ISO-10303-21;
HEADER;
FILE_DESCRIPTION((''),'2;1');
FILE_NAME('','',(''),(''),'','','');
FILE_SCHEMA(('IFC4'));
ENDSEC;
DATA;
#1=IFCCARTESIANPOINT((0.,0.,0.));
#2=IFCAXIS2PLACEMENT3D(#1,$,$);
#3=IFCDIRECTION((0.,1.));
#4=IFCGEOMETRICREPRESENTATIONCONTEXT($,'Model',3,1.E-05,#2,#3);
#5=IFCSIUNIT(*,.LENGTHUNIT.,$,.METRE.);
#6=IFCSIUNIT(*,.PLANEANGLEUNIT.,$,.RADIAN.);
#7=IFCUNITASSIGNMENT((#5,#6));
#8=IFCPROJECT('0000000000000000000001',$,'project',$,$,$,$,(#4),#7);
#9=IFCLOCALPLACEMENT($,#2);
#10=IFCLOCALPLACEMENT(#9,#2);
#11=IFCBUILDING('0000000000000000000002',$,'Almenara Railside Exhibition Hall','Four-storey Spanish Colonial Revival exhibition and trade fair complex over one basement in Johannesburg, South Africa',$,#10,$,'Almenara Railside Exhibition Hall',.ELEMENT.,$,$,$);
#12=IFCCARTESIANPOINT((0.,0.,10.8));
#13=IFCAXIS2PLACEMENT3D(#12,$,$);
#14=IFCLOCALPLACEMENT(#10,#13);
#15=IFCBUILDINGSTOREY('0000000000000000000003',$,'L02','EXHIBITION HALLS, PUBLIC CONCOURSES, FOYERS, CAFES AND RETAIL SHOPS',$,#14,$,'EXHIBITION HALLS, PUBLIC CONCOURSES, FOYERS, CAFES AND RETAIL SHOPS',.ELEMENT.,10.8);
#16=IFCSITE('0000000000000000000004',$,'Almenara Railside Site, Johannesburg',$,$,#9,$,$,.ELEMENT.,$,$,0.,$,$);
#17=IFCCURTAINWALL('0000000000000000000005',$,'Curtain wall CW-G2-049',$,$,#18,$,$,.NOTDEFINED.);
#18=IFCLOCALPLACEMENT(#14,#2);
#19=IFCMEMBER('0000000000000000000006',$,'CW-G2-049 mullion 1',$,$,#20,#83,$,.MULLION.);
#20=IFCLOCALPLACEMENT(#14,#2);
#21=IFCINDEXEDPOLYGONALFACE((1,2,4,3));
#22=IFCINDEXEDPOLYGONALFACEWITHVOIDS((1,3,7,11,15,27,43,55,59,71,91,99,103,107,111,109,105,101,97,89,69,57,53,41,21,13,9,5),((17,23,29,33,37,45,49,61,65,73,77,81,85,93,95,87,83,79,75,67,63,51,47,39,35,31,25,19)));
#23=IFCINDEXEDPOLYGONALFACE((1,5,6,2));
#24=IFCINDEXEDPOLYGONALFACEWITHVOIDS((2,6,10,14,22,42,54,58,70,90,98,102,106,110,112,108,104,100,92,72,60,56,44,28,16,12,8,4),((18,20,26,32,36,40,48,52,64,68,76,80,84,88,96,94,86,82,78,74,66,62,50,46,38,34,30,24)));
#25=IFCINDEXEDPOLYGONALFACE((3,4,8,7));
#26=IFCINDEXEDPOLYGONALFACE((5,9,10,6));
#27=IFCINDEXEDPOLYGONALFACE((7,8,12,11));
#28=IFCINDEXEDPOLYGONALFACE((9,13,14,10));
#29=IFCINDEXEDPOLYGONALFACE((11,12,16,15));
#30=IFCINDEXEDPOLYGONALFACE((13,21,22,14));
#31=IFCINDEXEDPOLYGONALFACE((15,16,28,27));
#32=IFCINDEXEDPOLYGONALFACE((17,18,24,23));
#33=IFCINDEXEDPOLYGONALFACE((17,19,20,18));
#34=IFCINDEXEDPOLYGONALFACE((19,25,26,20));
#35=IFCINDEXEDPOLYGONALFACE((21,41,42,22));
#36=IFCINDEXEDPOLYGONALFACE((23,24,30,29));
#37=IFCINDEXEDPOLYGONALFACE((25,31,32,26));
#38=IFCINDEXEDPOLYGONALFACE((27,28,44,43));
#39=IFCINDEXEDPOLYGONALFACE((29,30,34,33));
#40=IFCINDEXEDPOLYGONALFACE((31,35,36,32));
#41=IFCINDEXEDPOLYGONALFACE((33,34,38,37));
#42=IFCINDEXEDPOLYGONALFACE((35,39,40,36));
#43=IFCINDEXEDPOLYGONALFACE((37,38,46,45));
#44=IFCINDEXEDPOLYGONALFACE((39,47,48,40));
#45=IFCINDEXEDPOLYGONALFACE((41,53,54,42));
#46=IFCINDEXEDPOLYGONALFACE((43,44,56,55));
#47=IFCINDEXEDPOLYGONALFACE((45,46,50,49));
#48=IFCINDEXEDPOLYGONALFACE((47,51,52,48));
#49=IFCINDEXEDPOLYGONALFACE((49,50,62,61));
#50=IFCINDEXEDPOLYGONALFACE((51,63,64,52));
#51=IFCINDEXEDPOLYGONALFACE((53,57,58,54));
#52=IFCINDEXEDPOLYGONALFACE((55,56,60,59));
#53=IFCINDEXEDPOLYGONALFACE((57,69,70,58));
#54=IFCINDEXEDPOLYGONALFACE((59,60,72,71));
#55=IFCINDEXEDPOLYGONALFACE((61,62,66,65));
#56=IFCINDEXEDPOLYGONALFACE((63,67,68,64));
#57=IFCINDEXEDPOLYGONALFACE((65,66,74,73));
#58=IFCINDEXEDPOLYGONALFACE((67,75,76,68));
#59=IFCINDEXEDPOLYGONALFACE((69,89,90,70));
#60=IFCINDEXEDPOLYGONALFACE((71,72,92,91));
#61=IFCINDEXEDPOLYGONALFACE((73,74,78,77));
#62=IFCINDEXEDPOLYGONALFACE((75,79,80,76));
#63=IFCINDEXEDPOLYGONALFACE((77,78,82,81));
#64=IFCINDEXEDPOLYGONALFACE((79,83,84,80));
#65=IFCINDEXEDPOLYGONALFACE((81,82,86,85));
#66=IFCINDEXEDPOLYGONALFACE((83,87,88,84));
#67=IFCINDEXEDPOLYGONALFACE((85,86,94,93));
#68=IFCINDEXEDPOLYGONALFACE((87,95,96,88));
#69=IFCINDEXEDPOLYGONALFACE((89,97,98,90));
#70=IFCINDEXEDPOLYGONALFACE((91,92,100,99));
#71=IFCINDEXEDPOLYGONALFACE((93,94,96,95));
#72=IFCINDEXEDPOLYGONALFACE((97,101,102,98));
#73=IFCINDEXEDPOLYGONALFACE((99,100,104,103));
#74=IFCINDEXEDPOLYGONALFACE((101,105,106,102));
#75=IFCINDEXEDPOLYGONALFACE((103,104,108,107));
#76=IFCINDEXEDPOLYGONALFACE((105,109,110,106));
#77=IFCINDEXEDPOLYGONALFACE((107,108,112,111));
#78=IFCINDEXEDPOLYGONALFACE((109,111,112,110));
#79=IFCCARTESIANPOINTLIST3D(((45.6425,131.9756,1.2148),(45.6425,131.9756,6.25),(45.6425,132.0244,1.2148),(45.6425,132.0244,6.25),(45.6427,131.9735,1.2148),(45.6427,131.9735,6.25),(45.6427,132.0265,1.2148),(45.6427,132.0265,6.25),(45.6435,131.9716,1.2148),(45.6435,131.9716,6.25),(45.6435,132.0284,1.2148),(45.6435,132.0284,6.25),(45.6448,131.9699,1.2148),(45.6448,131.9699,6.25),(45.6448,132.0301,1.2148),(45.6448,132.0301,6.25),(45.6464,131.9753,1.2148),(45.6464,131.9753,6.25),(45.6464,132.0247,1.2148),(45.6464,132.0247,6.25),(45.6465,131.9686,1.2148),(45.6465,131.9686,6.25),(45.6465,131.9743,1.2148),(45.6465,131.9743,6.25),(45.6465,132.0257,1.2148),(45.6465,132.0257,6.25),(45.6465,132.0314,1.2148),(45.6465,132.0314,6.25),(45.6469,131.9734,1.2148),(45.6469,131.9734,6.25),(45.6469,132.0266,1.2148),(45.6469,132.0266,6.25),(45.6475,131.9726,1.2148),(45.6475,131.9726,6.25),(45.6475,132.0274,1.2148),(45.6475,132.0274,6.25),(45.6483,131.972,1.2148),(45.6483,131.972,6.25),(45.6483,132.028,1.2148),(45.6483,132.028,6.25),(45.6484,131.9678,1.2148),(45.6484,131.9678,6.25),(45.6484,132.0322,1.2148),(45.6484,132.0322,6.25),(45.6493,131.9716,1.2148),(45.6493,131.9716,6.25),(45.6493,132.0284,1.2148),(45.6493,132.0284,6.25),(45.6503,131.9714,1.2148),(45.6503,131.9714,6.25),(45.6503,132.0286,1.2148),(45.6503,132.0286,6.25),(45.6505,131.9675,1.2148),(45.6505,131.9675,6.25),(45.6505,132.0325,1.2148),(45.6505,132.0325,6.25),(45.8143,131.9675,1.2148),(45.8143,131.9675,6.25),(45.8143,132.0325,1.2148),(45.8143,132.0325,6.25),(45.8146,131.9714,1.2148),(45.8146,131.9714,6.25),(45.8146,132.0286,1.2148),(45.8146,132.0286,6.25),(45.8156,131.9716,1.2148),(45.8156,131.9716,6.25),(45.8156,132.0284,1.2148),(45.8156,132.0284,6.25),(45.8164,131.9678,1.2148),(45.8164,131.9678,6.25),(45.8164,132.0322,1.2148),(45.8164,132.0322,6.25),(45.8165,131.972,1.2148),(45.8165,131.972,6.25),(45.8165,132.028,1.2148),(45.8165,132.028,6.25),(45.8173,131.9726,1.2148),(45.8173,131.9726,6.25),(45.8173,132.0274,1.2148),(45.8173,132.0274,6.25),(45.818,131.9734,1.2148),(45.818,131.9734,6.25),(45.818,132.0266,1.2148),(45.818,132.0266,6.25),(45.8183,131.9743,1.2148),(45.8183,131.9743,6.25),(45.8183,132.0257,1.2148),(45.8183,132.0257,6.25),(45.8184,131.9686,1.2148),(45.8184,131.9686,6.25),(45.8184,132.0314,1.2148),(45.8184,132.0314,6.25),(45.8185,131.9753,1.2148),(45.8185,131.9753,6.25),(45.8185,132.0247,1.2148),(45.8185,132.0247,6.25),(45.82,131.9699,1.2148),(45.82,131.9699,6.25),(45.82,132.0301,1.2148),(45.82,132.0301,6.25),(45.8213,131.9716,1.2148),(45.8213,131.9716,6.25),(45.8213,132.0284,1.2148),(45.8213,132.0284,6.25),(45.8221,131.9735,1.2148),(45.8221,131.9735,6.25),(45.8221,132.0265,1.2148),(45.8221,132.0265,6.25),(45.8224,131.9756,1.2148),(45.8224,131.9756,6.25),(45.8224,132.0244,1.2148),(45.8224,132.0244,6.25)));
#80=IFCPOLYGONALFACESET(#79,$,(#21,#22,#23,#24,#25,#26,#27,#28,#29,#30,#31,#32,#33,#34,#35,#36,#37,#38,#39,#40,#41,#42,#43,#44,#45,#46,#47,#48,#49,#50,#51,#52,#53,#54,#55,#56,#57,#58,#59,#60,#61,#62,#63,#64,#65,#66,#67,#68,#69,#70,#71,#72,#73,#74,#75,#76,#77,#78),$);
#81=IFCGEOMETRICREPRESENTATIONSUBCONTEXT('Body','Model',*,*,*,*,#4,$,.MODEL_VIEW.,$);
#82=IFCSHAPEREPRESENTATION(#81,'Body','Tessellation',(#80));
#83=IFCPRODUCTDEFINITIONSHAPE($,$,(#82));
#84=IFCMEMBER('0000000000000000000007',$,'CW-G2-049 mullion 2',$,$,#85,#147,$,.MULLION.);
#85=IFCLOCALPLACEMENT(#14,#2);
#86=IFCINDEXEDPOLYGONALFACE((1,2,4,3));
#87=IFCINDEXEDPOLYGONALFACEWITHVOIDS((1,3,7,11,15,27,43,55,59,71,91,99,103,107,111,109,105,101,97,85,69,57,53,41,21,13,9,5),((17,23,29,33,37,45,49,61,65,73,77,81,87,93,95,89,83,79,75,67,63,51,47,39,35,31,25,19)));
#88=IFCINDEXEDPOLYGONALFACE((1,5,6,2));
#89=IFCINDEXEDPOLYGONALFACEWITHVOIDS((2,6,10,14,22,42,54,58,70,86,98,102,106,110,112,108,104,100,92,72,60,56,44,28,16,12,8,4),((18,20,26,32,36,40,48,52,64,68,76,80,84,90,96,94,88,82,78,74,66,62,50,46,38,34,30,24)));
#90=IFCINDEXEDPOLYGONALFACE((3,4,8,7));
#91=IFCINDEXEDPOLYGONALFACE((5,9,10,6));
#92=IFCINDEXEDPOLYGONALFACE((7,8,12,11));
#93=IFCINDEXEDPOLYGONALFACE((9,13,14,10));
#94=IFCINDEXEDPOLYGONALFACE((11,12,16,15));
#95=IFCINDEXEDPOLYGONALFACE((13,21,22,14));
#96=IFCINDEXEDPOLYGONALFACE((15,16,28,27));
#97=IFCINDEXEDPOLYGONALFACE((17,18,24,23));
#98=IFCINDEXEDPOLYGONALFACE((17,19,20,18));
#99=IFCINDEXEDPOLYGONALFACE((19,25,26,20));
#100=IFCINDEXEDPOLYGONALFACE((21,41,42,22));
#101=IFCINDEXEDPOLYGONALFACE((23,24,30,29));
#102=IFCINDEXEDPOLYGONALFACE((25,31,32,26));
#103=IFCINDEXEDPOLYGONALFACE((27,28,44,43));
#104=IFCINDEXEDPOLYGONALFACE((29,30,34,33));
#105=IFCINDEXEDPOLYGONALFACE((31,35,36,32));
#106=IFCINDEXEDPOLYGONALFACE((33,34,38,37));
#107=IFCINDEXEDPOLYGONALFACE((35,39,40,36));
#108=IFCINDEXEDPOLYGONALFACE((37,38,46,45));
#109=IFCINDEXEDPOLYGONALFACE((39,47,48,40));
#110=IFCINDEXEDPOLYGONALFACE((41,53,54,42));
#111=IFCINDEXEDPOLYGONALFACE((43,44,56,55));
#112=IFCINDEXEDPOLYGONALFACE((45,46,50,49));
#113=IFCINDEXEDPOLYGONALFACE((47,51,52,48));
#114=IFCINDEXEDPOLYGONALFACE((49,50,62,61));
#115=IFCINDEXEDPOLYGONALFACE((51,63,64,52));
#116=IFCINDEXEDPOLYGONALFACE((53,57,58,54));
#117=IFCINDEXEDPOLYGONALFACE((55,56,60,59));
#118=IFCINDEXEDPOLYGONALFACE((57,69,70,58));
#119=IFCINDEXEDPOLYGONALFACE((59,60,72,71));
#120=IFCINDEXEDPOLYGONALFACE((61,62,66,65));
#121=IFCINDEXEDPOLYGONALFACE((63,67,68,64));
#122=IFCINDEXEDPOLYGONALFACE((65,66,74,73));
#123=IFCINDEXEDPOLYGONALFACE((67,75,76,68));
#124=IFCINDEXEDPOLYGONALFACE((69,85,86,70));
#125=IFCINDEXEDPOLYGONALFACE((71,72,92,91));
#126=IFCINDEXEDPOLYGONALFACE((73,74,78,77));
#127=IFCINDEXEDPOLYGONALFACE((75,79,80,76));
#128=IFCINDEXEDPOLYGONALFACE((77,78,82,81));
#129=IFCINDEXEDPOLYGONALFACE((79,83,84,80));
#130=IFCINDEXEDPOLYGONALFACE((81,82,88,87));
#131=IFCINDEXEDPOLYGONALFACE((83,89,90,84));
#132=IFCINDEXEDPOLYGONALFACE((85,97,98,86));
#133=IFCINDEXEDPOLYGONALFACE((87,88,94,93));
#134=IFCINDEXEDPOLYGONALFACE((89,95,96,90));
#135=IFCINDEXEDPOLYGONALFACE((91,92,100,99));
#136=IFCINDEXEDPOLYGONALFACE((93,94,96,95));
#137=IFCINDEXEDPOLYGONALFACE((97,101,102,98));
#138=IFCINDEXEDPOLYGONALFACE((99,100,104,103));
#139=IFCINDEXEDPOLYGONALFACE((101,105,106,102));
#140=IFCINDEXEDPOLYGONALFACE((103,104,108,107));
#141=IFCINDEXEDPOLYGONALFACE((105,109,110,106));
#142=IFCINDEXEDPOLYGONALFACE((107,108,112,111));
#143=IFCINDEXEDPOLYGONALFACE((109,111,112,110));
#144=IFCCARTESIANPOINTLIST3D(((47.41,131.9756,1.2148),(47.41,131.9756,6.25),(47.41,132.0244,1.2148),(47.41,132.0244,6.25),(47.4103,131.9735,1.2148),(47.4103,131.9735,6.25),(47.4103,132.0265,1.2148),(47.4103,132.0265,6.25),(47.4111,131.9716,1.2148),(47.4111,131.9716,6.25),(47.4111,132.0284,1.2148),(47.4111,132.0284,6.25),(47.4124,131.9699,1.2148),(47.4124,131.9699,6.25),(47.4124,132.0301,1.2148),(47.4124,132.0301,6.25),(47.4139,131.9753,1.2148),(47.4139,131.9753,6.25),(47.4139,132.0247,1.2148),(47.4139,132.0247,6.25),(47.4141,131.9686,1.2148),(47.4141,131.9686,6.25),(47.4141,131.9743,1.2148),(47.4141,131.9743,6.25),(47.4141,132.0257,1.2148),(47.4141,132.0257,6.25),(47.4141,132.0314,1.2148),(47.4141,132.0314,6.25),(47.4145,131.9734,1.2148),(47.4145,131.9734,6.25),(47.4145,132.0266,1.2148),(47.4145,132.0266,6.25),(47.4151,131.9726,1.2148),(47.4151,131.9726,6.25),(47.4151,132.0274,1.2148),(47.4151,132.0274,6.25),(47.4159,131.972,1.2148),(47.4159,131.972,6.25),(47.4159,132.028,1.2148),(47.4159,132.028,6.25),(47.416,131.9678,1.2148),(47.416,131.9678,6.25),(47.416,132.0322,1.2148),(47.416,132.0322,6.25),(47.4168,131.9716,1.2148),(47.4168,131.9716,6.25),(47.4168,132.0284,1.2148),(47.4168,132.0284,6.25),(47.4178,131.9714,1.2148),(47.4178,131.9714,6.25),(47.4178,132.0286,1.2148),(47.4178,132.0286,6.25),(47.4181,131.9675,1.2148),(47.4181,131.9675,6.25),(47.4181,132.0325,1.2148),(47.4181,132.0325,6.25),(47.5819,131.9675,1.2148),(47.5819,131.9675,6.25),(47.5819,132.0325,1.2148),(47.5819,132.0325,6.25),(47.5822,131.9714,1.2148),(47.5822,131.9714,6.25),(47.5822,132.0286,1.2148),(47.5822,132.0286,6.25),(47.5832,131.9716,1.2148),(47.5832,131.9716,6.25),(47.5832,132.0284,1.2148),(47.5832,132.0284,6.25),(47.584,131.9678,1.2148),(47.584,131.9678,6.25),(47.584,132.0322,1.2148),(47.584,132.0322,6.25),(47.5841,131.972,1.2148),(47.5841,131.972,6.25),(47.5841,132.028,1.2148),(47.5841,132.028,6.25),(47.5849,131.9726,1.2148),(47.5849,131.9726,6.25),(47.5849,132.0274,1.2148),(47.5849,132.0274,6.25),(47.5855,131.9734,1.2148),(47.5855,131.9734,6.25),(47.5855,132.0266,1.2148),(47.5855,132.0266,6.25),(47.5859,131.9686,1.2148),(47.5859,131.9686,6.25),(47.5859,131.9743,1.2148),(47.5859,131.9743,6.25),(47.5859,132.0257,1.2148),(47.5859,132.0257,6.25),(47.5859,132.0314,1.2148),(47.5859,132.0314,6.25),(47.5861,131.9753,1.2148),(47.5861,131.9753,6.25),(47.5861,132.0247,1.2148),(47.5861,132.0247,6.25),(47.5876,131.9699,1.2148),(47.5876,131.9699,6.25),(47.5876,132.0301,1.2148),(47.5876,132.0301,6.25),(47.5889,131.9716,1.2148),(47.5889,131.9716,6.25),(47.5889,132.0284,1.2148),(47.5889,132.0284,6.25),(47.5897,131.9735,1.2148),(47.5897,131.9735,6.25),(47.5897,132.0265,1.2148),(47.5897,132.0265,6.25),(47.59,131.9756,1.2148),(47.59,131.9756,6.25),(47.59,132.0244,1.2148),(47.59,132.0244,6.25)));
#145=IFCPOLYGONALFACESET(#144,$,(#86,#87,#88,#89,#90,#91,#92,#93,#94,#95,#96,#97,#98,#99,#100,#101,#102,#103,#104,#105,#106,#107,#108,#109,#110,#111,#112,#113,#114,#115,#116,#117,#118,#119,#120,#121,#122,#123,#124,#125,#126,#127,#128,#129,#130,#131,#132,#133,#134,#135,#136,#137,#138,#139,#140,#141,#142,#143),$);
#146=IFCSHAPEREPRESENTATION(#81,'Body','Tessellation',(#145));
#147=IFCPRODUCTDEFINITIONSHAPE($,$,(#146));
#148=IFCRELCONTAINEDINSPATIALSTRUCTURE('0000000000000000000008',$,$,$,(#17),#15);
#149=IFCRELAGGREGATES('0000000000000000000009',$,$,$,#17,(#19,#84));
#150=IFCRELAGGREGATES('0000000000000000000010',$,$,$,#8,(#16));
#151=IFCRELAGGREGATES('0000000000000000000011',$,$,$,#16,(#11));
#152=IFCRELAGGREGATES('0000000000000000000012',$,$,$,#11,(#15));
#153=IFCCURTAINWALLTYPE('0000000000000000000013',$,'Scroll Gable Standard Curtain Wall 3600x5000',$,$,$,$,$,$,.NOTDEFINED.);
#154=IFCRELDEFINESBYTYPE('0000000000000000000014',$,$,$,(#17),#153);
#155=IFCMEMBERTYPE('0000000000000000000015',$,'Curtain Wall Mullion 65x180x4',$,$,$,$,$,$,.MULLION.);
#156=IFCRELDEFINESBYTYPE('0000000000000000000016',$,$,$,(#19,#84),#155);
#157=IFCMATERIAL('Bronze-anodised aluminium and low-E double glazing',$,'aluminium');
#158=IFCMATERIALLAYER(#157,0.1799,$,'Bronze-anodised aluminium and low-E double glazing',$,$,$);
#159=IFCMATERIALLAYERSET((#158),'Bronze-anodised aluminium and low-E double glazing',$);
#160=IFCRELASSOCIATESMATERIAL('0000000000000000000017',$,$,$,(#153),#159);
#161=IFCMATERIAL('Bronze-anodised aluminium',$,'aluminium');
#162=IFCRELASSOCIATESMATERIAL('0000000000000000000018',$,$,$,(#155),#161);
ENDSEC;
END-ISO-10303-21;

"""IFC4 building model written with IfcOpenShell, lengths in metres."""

from ifc_helpers import new_model, si_unit, direction, frame, origin, origin_2d, place, context, subcontext, project, spatial, hollow_rectangle, extrude, material, layer, layer_set, material_profile, profile_set, type_object, element, aggregate, save


model = new_model("IFC4")

# Units and contexts
model_context = context("Model", 3, precision=1e-05, world=origin(), true_north=direction((0.0, 1.0)))
body_context = subcontext(model_context, "Body", "Model", "MODEL_VIEW")
ifc_project = project(units=[si_unit("LENGTHUNIT", "METRE"), si_unit("PLANEANGLEUNIT", "RADIAN")], contexts=[model_context])

# Site, building, storey
site_placement = place(None, origin())
site = spatial("IfcSite", under=ifc_project, at=site_placement, Name="Almenara Railside Site, Johannesburg", CompositionType="ELEMENT", RefElevation=0.0)
building_placement = place(site_placement, origin())
building = spatial("IfcBuilding", under=site, at=building_placement, Name="Almenara Railside Exhibition Hall", Description="Four-storey Spanish Colonial Revival exhibition and trade fair complex over one basement in Johannesburg, South Africa", LongName="Almenara Railside Exhibition Hall", CompositionType="ELEMENT")
storey_placement = place(building_placement, frame((0.0, 0.0, 10.8)))
storey = spatial("IfcBuildingStorey", under=building, at=storey_placement, Name="L02", Description="EXHIBITION HALLS, PUBLIC CONCOURSES, FOYERS, CAFES AND RETAIL SHOPS", LongName="EXHIBITION HALLS, PUBLIC CONCOURSES, FOYERS, CAFES AND RETAIL SHOPS", CompositionType="ELEMENT", Elevation=10.8)

# Curtain wall, members
ifc_material_1 = material(Name="Bronze-anodised aluminium and low-E double glazing", Category="aluminium")
ifc_layer_1 = layer(ifc_material_1, 0.1799, Name="Bronze-anodised aluminium and low-E double glazing")
ifc_layer_set_1 = layer_set([ifc_layer_1], Name="Bronze-anodised aluminium and low-E double glazing")
curtain_wall_type_1 = type_object("IfcCurtainWallType", Name="Scroll Gable Standard Curtain Wall 3600x5000", PredefinedType="NOTDEFINED", material=ifc_layer_set_1)
ifc_material_2 = material(Name="Bronze-anodised aluminium", Category="aluminium")
curtain_wall_1_placement = place(storey_placement, origin())
curtain_wall_1 = element("IfcCurtainWall", 1, at=curtain_wall_1_placement, inside=storey, type_object=curtain_wall_type_1, Name="Curtain wall CW-G2-049", PredefinedType="NOTDEFINED")
ifc_material_profile_1 = material_profile(ifc_material_2, hollow_rectangle(XDim=0.0649, YDim=0.1799, WallThickness=0.0039, InnerFilletRadius=0.0039, OuterFilletRadius=0.0081, at=origin_2d()), Name="ALU-MUL 65x180x4")
ifc_profile_set_1 = profile_set([ifc_material_profile_1], Name="Bronze-anodised aluminium")
member_type_1 = type_object("IfcMemberType", Name="Curtain Wall Mullion 65x180x4", PredefinedType="MULLION", material=ifc_profile_set_1)
member_1_placement = place(storey_placement, frame((45.7324, 132.0, 1.2148), z_axis=(0.0, 0.0, 1.0), x_axis=(0.0, 1.0, 0.0)))
member_1 = element("IfcMember", 2, at=member_1_placement, type_object=member_type_1, Name="CW-G2-049 mullion 1", PredefinedType="MULLION", context=body_context, shape_type="SweptSolid", body=[
    extrude(hollow_rectangle(XDim=0.0649, YDim=0.1799, WallThickness=0.0039, InnerFilletRadius=0.0039, OuterFilletRadius=0.0081, at=origin_2d()), origin(), (0.0, 0.0, 1.0), 5.0352),
])
member_2_placement = place(storey_placement, frame((47.5, 132.0, 1.2148), z_axis=(0.0, 0.0, 1.0), x_axis=(0.0, 1.0, 0.0)))
member_2 = element("IfcMember", 3, at=member_2_placement, type_object=member_type_1, Name="CW-G2-049 mullion 2", PredefinedType="MULLION", context=body_context, shape_type="SweptSolid", body=[
    extrude(hollow_rectangle(XDim=0.0649, YDim=0.1799, WallThickness=0.0039, InnerFilletRadius=0.0039, OuterFilletRadius=0.0081, at=origin_2d()), origin(), (0.0, 0.0, 1.0), 5.0352),
])

aggregate(curtain_wall_1, [member_1, member_2])

save(model, "model.ifc")
